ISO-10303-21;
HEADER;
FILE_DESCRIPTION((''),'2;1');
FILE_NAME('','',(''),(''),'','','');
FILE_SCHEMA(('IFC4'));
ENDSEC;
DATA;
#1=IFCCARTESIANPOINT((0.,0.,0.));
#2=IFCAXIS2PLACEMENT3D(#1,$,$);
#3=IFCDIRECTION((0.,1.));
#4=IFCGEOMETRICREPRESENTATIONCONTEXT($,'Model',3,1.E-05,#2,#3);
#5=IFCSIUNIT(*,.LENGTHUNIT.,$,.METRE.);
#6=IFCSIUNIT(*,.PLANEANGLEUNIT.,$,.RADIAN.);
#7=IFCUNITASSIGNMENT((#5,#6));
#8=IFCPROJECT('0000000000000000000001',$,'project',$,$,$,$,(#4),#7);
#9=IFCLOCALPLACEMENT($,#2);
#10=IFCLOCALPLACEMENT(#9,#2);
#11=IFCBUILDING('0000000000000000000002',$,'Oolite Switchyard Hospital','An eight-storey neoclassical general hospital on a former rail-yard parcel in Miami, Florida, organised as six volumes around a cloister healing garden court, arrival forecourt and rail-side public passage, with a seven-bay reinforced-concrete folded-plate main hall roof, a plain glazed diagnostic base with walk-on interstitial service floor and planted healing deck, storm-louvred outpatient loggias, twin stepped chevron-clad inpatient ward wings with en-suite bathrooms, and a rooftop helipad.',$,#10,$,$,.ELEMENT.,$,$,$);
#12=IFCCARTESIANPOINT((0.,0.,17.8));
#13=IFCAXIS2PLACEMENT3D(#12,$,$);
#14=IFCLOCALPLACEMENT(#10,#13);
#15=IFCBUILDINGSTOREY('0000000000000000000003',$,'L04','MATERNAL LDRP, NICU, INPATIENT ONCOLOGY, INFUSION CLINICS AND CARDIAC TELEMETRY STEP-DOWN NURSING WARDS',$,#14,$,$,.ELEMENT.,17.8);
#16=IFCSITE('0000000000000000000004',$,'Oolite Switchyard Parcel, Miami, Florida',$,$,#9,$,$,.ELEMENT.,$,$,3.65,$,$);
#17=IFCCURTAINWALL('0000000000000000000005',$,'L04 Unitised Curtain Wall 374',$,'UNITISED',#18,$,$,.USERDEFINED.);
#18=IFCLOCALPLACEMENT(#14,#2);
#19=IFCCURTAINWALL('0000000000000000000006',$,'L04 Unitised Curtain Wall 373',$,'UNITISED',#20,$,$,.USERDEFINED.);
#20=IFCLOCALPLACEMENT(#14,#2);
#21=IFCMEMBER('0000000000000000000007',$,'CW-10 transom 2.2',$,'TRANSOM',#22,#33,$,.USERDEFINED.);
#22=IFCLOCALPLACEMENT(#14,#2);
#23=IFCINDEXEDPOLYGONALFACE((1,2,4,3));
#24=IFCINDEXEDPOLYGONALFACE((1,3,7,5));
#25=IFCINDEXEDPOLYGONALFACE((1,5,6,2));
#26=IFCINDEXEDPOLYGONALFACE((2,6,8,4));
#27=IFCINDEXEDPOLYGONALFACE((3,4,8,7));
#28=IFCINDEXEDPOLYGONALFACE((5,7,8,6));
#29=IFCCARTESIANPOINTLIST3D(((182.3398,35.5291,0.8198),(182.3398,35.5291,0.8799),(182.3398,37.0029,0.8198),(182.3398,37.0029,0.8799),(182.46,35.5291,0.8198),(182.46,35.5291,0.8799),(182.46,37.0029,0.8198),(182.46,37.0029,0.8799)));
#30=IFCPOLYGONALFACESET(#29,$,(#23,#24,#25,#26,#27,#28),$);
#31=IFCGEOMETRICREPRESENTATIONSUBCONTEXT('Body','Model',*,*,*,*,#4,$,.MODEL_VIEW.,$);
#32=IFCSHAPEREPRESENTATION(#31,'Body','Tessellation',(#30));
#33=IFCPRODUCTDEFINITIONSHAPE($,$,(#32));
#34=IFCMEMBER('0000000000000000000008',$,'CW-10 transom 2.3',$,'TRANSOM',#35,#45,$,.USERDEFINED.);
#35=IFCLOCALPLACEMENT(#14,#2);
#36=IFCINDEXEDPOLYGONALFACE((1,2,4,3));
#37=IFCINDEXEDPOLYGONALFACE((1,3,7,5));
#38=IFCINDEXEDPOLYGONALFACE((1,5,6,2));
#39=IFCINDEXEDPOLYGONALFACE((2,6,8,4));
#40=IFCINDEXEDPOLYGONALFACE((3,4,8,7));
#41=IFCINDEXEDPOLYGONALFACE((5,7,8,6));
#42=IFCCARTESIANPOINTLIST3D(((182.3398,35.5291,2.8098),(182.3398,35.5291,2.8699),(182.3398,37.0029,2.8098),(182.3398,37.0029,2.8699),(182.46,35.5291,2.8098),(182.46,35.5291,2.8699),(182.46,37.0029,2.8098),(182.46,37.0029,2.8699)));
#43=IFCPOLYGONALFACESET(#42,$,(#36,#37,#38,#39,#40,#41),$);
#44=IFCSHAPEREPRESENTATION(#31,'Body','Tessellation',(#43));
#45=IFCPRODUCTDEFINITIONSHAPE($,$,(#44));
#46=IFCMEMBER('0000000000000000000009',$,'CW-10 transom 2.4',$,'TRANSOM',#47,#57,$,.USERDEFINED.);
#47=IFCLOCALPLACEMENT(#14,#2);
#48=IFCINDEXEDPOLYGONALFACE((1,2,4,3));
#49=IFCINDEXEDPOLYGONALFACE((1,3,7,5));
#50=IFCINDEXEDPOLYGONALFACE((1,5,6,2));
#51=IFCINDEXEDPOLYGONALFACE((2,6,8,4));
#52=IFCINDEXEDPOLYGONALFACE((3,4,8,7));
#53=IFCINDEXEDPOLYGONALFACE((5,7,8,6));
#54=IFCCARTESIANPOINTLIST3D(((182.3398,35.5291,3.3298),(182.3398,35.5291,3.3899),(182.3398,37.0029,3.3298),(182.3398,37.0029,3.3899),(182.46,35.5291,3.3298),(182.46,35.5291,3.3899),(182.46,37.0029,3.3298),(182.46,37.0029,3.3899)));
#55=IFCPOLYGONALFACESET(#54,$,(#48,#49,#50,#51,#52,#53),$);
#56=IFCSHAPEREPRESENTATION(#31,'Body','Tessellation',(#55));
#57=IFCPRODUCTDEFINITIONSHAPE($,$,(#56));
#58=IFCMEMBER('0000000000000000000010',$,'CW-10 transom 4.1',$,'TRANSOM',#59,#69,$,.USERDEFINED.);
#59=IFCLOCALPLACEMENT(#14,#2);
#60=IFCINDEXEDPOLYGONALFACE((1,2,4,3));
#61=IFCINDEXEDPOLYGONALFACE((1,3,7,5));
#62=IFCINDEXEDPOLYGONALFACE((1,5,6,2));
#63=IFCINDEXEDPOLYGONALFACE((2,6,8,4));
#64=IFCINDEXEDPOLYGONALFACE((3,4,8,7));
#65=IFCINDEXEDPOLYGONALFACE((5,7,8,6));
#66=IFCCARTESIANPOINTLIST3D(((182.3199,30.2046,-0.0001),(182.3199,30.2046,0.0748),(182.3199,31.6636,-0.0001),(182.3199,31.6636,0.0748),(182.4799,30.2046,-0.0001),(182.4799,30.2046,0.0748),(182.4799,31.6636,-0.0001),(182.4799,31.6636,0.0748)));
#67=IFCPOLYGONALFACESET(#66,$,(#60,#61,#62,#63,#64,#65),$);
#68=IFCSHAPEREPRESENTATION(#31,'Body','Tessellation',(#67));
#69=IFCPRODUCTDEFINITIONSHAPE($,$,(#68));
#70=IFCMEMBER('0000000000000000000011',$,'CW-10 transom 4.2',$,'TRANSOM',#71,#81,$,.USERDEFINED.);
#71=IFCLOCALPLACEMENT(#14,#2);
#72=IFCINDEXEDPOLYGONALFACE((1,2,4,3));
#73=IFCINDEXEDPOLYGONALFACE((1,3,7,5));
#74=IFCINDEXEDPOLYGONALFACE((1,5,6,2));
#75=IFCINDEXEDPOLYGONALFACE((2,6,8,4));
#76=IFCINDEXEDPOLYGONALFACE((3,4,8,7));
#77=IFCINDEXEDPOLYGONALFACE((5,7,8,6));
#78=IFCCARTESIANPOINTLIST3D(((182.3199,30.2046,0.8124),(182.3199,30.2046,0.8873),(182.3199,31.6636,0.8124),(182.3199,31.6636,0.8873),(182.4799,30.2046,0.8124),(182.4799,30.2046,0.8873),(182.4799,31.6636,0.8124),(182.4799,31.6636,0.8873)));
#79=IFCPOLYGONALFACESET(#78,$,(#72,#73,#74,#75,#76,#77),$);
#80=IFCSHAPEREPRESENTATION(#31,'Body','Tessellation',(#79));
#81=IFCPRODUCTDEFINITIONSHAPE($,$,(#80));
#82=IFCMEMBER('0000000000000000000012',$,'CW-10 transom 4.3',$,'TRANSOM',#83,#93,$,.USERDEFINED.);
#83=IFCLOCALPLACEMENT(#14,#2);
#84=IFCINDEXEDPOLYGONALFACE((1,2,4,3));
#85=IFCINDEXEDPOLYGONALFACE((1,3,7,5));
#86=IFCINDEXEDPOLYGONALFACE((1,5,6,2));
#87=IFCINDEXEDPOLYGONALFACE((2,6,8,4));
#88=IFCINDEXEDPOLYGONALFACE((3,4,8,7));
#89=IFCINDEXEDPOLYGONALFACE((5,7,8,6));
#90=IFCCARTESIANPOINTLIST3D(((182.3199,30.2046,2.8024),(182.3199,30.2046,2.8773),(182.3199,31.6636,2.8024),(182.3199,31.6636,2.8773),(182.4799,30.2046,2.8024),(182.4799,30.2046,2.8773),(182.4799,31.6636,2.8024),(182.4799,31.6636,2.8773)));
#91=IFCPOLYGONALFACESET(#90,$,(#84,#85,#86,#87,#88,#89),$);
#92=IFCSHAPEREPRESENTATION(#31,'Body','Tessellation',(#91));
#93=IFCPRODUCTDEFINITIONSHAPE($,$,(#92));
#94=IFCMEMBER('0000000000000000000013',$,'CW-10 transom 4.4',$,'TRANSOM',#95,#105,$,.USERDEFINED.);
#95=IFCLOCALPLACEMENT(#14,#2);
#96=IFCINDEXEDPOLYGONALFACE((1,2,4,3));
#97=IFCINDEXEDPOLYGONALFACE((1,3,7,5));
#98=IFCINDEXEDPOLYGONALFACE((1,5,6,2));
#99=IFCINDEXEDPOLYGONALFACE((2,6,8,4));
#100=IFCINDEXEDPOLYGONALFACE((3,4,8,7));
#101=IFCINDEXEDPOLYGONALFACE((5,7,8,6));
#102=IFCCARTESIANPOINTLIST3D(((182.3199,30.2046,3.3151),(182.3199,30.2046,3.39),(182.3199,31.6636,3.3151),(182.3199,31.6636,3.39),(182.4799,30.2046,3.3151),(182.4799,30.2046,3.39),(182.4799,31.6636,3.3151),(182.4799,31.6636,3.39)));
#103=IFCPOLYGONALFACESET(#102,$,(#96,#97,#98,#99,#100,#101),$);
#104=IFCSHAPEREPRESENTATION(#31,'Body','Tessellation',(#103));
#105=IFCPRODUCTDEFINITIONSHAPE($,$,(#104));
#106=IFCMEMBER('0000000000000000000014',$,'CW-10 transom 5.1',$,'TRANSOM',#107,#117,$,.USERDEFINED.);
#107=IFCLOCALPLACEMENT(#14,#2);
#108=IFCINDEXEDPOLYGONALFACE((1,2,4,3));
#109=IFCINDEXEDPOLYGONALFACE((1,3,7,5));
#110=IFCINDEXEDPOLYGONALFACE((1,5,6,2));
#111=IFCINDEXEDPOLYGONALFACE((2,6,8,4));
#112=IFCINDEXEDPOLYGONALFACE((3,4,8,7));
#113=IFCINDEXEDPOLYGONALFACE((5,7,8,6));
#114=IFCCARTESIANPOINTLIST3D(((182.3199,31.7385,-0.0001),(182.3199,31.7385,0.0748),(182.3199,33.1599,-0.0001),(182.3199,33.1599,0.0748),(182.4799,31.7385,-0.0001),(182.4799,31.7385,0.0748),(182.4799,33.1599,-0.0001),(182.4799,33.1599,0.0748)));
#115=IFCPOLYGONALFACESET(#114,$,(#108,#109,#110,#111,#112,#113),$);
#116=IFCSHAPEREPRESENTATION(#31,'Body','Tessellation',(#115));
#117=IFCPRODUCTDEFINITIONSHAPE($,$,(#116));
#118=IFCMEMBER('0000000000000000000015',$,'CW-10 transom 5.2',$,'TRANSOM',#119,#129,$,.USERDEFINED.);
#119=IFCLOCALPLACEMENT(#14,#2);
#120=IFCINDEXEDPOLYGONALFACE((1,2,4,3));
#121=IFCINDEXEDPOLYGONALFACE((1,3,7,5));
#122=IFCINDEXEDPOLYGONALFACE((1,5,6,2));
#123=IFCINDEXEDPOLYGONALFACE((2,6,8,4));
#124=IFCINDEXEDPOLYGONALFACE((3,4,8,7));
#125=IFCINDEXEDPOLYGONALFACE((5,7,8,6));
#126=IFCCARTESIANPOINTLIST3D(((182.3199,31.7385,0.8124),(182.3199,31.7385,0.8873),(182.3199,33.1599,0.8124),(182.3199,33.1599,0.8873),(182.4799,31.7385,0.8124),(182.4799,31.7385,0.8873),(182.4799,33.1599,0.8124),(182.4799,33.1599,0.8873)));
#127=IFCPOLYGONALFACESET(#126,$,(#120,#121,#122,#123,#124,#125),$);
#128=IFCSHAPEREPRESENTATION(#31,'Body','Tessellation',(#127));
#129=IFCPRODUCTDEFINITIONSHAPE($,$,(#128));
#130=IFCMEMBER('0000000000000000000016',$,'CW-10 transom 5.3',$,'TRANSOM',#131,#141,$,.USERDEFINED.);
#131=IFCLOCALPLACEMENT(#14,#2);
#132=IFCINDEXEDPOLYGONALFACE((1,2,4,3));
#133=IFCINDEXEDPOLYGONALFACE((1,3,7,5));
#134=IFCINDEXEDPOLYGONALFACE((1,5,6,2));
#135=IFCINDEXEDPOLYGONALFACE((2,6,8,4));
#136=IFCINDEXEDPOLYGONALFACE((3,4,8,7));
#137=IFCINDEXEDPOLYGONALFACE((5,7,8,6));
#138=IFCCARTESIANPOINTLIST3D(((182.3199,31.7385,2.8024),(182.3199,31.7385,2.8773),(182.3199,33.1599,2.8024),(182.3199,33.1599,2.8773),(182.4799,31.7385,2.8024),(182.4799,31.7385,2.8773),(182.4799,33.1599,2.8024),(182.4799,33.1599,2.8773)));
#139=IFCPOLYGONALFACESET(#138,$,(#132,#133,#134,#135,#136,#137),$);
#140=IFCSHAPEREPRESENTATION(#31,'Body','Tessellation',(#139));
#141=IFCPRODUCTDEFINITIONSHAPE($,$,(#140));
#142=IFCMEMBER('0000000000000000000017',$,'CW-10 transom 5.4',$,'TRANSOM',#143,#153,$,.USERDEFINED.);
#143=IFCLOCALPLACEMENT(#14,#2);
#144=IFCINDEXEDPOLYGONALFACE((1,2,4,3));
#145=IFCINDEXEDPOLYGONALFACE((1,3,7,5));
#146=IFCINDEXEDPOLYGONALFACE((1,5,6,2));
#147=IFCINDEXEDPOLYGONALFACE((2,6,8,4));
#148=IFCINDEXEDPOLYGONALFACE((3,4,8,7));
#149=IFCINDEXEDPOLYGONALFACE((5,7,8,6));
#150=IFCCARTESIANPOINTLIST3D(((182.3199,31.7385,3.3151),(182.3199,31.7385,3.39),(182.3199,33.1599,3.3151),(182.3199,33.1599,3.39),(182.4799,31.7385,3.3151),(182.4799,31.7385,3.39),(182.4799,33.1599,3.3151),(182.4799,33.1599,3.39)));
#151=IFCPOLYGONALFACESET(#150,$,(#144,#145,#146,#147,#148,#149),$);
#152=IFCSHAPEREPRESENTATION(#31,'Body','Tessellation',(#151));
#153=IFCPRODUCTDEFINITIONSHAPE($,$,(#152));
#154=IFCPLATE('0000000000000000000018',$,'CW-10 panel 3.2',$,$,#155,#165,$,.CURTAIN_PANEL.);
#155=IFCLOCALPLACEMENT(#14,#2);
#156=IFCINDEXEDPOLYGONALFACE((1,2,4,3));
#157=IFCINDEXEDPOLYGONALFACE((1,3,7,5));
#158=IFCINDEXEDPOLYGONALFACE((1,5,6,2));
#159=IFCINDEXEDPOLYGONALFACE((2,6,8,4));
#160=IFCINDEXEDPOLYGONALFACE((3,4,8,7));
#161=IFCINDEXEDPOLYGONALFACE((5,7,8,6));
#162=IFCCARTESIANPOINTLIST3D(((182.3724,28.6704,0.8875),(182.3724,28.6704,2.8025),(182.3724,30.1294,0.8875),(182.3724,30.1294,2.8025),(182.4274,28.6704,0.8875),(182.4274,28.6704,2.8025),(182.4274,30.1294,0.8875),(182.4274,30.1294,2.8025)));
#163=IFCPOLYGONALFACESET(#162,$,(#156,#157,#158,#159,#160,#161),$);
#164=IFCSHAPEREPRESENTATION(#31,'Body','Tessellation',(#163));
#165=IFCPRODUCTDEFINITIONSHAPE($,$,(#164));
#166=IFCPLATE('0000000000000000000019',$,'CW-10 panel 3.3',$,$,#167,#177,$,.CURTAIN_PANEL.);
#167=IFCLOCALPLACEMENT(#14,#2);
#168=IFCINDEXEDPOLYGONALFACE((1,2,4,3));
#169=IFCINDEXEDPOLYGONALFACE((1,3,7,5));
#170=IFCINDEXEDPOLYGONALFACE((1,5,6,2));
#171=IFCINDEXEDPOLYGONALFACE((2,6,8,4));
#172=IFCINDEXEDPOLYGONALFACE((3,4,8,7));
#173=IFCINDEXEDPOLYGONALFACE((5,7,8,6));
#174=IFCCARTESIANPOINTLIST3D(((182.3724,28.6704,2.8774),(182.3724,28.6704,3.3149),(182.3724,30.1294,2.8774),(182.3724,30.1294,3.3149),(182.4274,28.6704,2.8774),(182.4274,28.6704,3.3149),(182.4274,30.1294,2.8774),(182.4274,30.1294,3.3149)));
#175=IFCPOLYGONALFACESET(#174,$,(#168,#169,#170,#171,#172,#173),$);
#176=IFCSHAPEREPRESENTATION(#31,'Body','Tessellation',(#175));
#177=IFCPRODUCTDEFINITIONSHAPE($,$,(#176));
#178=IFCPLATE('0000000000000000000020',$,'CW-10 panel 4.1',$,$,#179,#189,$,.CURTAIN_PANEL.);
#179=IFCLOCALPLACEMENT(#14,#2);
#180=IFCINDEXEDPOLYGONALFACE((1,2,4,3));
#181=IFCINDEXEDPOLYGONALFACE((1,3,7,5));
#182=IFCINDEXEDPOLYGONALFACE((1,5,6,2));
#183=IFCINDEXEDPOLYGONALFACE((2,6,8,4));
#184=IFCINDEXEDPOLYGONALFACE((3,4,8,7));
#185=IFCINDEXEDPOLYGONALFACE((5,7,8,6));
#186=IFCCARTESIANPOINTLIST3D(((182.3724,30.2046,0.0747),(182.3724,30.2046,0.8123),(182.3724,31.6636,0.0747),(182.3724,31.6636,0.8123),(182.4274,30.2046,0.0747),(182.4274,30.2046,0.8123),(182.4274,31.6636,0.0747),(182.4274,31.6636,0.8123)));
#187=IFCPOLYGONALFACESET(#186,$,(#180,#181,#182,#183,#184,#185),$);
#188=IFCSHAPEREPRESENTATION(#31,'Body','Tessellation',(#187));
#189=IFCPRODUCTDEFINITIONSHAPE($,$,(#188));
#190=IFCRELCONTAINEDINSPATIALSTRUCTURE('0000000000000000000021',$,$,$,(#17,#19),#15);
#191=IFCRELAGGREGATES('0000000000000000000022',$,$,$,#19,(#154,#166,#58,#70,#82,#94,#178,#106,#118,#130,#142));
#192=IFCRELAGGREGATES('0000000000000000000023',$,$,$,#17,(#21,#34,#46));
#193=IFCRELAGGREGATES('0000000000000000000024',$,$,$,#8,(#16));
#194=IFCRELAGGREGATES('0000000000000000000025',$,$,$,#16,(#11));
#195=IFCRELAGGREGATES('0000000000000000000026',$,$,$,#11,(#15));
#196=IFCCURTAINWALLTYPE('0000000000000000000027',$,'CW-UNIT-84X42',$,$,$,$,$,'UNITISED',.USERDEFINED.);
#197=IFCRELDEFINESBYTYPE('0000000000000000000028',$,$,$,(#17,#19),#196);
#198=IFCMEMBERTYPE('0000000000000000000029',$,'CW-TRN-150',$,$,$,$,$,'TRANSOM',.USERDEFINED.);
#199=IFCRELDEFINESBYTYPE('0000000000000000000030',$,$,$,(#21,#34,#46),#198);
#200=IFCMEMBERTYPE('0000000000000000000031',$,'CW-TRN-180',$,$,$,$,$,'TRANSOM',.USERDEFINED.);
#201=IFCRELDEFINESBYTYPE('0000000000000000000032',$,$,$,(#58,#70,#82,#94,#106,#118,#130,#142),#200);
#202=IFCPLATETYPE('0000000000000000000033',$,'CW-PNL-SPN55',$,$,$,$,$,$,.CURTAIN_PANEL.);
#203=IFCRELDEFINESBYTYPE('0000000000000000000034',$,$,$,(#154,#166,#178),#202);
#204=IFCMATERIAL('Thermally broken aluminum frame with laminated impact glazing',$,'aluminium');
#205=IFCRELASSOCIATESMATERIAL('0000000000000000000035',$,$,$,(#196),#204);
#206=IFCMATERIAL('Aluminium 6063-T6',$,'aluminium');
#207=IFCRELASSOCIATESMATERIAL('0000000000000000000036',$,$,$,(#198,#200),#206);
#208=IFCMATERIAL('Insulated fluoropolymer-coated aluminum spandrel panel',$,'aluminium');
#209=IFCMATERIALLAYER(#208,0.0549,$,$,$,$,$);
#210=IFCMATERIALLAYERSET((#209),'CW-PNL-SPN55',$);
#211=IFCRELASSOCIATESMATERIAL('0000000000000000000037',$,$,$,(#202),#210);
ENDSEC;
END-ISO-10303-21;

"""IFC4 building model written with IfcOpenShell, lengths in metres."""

from ifc_helpers import new_model, si_unit, direction, frame, origin, origin_2d, place, context, subcontext, project, spatial, rectangle, extrude, material, layer, layer_set, material_profile, profile_set, type_object, element, aggregate, save


model = new_model("IFC4")

# Units and contexts
model_context = context("Model", 3, precision=1e-05, world=origin(), true_north=direction((0.0, 1.0)))
body_context = subcontext(model_context, "Body", "Model", "MODEL_VIEW")
ifc_project = project(units=[si_unit("LENGTHUNIT", "METRE"), si_unit("PLANEANGLEUNIT", "RADIAN")], contexts=[model_context])

# Site, building, storey
site_placement = place(None, origin())
site = spatial("IfcSite", under=ifc_project, at=site_placement, Name="Oolite Switchyard Parcel, Miami, Florida", CompositionType="ELEMENT", RefElevation=3.65)
building_placement = place(site_placement, origin())
building = spatial("IfcBuilding", under=site, at=building_placement, Name="Oolite Switchyard Hospital", Description="An eight-storey neoclassical general hospital on a former rail-yard parcel in Miami, Florida, organised as six volumes around a cloister healing garden court, arrival forecourt and rail-side public passage, with a seven-bay reinforced-concrete folded-plate main hall roof, a plain glazed diagnostic base with walk-on interstitial service floor and planted healing deck, storm-louvred outpatient loggias, twin stepped chevron-clad inpatient ward wings with en-suite bathrooms, and a rooftop helipad.", CompositionType="ELEMENT")
storey_placement = place(building_placement, frame((0.0, 0.0, 17.8)))
storey = spatial("IfcBuildingStorey", under=building, at=storey_placement, Name="L04", Description="MATERNAL LDRP, NICU, INPATIENT ONCOLOGY, INFUSION CLINICS AND CARDIAC TELEMETRY STEP-DOWN NURSING WARDS", CompositionType="ELEMENT", Elevation=17.8)

# Curtain walls
ifc_material_1 = material(Name="Thermally broken aluminum frame with laminated impact glazing", Category="aluminium")
curtain_wall_type = type_object("IfcCurtainWallType", Name="CW-UNIT-84X42", ElementType="UNITISED", PredefinedType="USERDEFINED", material=ifc_material_1)
curtain_wall_1_placement = place(storey_placement, origin())
curtain_wall_1 = element("IfcCurtainWall", 1, at=curtain_wall_1_placement, inside=storey, type_object=curtain_wall_type, Name="L04 Unitised Curtain Wall 374", ObjectType="UNITISED", PredefinedType="USERDEFINED")
ifc_material_2 = material(Name="Aluminium 6063-T6", Category="aluminium")
curtain_wall_2_placement = place(storey_placement, origin())
curtain_wall_2 = element("IfcCurtainWall", 2, at=curtain_wall_2_placement, inside=storey, type_object=curtain_wall_type, Name="L04 Unitised Curtain Wall 373", ObjectType="UNITISED", PredefinedType="USERDEFINED")

# Members
ifc_material_profile_1 = material_profile(ifc_material_2, rectangle(XDim=0.1201, YDim=0.0601, at=origin_2d()), Name="CWT60X120")
ifc_profile_set_1 = profile_set([ifc_material_profile_1], Name="Aluminium 6063-T6")
member_type_1 = type_object("IfcMemberType", Name="CW-TRN-150", ElementType="TRANSOM", PredefinedType="USERDEFINED", material=ifc_profile_set_1)
member_1_placement = place(storey_placement, frame((182.3999, 35.5291, 0.8499), z_axis=(0.0, 1.0, 0.0), x_axis=(-1.0, 0.0, 0.0)))
member_1 = element("IfcMember", 3, at=member_1_placement, type_object=member_type_1, Name="CW-10 transom 2.2", ObjectType="TRANSOM", PredefinedType="USERDEFINED", context=body_context, shape_type="SweptSolid", body=[
    extrude(rectangle(XDim=0.1201, YDim=0.0601, at=origin_2d()), origin(), (0.0, 0.0, 1.0), 1.4739),
])
member_2_placement = place(storey_placement, frame((182.3999, 35.5291, 2.8398), z_axis=(0.0, 1.0, 0.0), x_axis=(-1.0, 0.0, 0.0)))
member_2 = element("IfcMember", 4, at=member_2_placement, type_object=member_type_1, Name="CW-10 transom 2.3", ObjectType="TRANSOM", PredefinedType="USERDEFINED", context=body_context, shape_type="SweptSolid", body=[
    extrude(rectangle(XDim=0.1201, YDim=0.0601, at=origin_2d()), origin(), (0.0, 0.0, 1.0), 1.4739),
])
member_3_placement = place(storey_placement, frame((182.3999, 35.5291, 3.3599), z_axis=(0.0, 1.0, 0.0), x_axis=(-1.0, 0.0, 0.0)))
member_3 = element("IfcMember", 5, at=member_3_placement, type_object=member_type_1, Name="CW-10 transom 2.4", ObjectType="TRANSOM", PredefinedType="USERDEFINED", context=body_context, shape_type="SweptSolid", body=[
    extrude(rectangle(XDim=0.1201, YDim=0.0601, at=origin_2d()), origin(), (0.0, 0.0, 1.0), 1.4739),
])
ifc_material_profile_2 = material_profile(ifc_material_2, rectangle(XDim=0.1599, YDim=0.075, at=origin_2d()), Name="CWT75X160")
ifc_profile_set_2 = profile_set([ifc_material_profile_2], Name="Aluminium 6063-T6")
member_type_2 = type_object("IfcMemberType", Name="CW-TRN-180", ElementType="TRANSOM", PredefinedType="USERDEFINED", material=ifc_profile_set_2)
member_4_placement = place(storey_placement, frame((182.3999, 30.2046, 0.0374), z_axis=(0.0, 1.0, 0.0), x_axis=(-1.0, 0.0, 0.0)))
member_4 = element("IfcMember", 6, at=member_4_placement, type_object=member_type_2, Name="CW-10 transom 4.1", ObjectType="TRANSOM", PredefinedType="USERDEFINED", context=body_context, shape_type="SweptSolid", body=[
    extrude(rectangle(XDim=0.1599, YDim=0.075, at=origin_2d()), origin(), (0.0, 0.0, 1.0), 1.459),
])
member_5_placement = place(storey_placement, frame((182.3999, 30.2046, 0.8499), z_axis=(0.0, 1.0, 0.0), x_axis=(-1.0, 0.0, 0.0)))
member_5 = element("IfcMember", 7, at=member_5_placement, type_object=member_type_2, Name="CW-10 transom 4.2", ObjectType="TRANSOM", PredefinedType="USERDEFINED", context=body_context, shape_type="SweptSolid", body=[
    extrude(rectangle(XDim=0.1599, YDim=0.075, at=origin_2d()), origin(), (0.0, 0.0, 1.0), 1.459),
])
member_6_placement = place(storey_placement, frame((182.3999, 30.2046, 2.8398), z_axis=(0.0, 1.0, 0.0), x_axis=(-1.0, 0.0, 0.0)))
member_6 = element("IfcMember", 8, at=member_6_placement, type_object=member_type_2, Name="CW-10 transom 4.3", ObjectType="TRANSOM", PredefinedType="USERDEFINED", context=body_context, shape_type="SweptSolid", body=[
    extrude(rectangle(XDim=0.1599, YDim=0.075, at=origin_2d()), origin(), (0.0, 0.0, 1.0), 1.459),
])
member_7_placement = place(storey_placement, frame((182.3999, 30.2046, 3.3525), z_axis=(0.0, 1.0, 0.0), x_axis=(-1.0, 0.0, 0.0)))
member_7 = element("IfcMember", 9, at=member_7_placement, type_object=member_type_2, Name="CW-10 transom 4.4", ObjectType="TRANSOM", PredefinedType="USERDEFINED", context=body_context, shape_type="SweptSolid", body=[
    extrude(rectangle(XDim=0.1599, YDim=0.075, at=origin_2d()), origin(), (0.0, 0.0, 1.0), 1.459),
])
member_8_placement = place(storey_placement, frame((182.3999, 31.7385, 0.0374), z_axis=(0.0, 1.0, 0.0), x_axis=(-1.0, 0.0, 0.0)))
member_8 = element("IfcMember", 10, at=member_8_placement, type_object=member_type_2, Name="CW-10 transom 5.1", ObjectType="TRANSOM", PredefinedType="USERDEFINED", context=body_context, shape_type="SweptSolid", body=[
    extrude(rectangle(XDim=0.1599, YDim=0.075, at=origin_2d()), origin(), (0.0, 0.0, 1.0), 1.4214),
])
member_9_placement = place(storey_placement, frame((182.3999, 31.7385, 0.8499), z_axis=(0.0, 1.0, 0.0), x_axis=(-1.0, 0.0, 0.0)))
member_9 = element("IfcMember", 11, at=member_9_placement, type_object=member_type_2, Name="CW-10 transom 5.2", ObjectType="TRANSOM", PredefinedType="USERDEFINED", context=body_context, shape_type="SweptSolid", body=[
    extrude(rectangle(XDim=0.1599, YDim=0.075, at=origin_2d()), origin(), (0.0, 0.0, 1.0), 1.4214),
])
member_10_placement = place(storey_placement, frame((182.3999, 31.7385, 2.8398), z_axis=(0.0, 1.0, 0.0), x_axis=(-1.0, 0.0, 0.0)))
member_10 = element("IfcMember", 12, at=member_10_placement, type_object=member_type_2, Name="CW-10 transom 5.3", ObjectType="TRANSOM", PredefinedType="USERDEFINED", context=body_context, shape_type="SweptSolid", body=[
    extrude(rectangle(XDim=0.1599, YDim=0.075, at=origin_2d()), origin(), (0.0, 0.0, 1.0), 1.4214),
])
member_11_placement = place(storey_placement, frame((182.3999, 31.7385, 3.3525), z_axis=(0.0, 1.0, 0.0), x_axis=(-1.0, 0.0, 0.0)))
member_11 = element("IfcMember", 13, at=member_11_placement, type_object=member_type_2, Name="CW-10 transom 5.4", ObjectType="TRANSOM", PredefinedType="USERDEFINED", context=body_context, shape_type="SweptSolid", body=[
    extrude(rectangle(XDim=0.1599, YDim=0.075, at=origin_2d()), origin(), (0.0, 0.0, 1.0), 1.4214),
])

# Plates
ifc_material_3 = material(Name="Insulated fluoropolymer-coated aluminum spandrel panel", Category="aluminium")
ifc_layer_1 = layer(ifc_material_3, 0.0549)
ifc_layer_set_1 = layer_set([ifc_layer_1], Name="CW-PNL-SPN55")
plate_type_1 = type_object("IfcPlateType", Name="CW-PNL-SPN55", PredefinedType="CURTAIN_PANEL", material=ifc_layer_set_1)
plate_1_placement = place(storey_placement, frame((182.3999, 29.3999, 0.8875), z_axis=(0.0, 0.0, 1.0), x_axis=(0.0, 1.0, 0.0)))
plate_1 = element("IfcPlate", 14, at=plate_1_placement, type_object=plate_type_1, Name="CW-10 panel 3.2", PredefinedType="CURTAIN_PANEL", context=body_context, shape_type="SweptSolid", body=[
    extrude(rectangle(XDim=1.459, YDim=0.0549, at=origin_2d()), origin(), (0.0, 0.0, 1.0), 1.915),
])
plate_2_placement = place(storey_placement, frame((182.3999, 29.3999, 2.8774), z_axis=(0.0, 0.0, 1.0), x_axis=(0.0, 1.0, 0.0)))
plate_2 = element("IfcPlate", 15, at=plate_2_placement, type_object=plate_type_1, Name="CW-10 panel 3.3", PredefinedType="CURTAIN_PANEL", context=body_context, shape_type="SweptSolid", body=[
    extrude(rectangle(XDim=1.459, YDim=0.0549, at=origin_2d()), origin(), (0.0, 0.0, 1.0), 0.4375),
])
plate_3_placement = place(storey_placement, frame((182.3999, 30.9341, 0.0747), z_axis=(0.0, 0.0, 1.0), x_axis=(0.0, 1.0, 0.0)))
plate_3 = element("IfcPlate", 16, at=plate_3_placement, type_object=plate_type_1, Name="CW-10 panel 4.1", PredefinedType="CURTAIN_PANEL", context=body_context, shape_type="SweptSolid", body=[
    extrude(rectangle(XDim=1.459, YDim=0.0549, at=origin_2d()), origin(), (0.0, 0.0, 1.0), 0.7375),
])
aggregate(curtain_wall_2, [plate_1, plate_2, member_4, member_5, member_6, member_7, plate_3, member_8, member_9, member_10, member_11])
aggregate(curtain_wall_1, [member_1, member_2, member_3])

save(model, "model.ifc")
